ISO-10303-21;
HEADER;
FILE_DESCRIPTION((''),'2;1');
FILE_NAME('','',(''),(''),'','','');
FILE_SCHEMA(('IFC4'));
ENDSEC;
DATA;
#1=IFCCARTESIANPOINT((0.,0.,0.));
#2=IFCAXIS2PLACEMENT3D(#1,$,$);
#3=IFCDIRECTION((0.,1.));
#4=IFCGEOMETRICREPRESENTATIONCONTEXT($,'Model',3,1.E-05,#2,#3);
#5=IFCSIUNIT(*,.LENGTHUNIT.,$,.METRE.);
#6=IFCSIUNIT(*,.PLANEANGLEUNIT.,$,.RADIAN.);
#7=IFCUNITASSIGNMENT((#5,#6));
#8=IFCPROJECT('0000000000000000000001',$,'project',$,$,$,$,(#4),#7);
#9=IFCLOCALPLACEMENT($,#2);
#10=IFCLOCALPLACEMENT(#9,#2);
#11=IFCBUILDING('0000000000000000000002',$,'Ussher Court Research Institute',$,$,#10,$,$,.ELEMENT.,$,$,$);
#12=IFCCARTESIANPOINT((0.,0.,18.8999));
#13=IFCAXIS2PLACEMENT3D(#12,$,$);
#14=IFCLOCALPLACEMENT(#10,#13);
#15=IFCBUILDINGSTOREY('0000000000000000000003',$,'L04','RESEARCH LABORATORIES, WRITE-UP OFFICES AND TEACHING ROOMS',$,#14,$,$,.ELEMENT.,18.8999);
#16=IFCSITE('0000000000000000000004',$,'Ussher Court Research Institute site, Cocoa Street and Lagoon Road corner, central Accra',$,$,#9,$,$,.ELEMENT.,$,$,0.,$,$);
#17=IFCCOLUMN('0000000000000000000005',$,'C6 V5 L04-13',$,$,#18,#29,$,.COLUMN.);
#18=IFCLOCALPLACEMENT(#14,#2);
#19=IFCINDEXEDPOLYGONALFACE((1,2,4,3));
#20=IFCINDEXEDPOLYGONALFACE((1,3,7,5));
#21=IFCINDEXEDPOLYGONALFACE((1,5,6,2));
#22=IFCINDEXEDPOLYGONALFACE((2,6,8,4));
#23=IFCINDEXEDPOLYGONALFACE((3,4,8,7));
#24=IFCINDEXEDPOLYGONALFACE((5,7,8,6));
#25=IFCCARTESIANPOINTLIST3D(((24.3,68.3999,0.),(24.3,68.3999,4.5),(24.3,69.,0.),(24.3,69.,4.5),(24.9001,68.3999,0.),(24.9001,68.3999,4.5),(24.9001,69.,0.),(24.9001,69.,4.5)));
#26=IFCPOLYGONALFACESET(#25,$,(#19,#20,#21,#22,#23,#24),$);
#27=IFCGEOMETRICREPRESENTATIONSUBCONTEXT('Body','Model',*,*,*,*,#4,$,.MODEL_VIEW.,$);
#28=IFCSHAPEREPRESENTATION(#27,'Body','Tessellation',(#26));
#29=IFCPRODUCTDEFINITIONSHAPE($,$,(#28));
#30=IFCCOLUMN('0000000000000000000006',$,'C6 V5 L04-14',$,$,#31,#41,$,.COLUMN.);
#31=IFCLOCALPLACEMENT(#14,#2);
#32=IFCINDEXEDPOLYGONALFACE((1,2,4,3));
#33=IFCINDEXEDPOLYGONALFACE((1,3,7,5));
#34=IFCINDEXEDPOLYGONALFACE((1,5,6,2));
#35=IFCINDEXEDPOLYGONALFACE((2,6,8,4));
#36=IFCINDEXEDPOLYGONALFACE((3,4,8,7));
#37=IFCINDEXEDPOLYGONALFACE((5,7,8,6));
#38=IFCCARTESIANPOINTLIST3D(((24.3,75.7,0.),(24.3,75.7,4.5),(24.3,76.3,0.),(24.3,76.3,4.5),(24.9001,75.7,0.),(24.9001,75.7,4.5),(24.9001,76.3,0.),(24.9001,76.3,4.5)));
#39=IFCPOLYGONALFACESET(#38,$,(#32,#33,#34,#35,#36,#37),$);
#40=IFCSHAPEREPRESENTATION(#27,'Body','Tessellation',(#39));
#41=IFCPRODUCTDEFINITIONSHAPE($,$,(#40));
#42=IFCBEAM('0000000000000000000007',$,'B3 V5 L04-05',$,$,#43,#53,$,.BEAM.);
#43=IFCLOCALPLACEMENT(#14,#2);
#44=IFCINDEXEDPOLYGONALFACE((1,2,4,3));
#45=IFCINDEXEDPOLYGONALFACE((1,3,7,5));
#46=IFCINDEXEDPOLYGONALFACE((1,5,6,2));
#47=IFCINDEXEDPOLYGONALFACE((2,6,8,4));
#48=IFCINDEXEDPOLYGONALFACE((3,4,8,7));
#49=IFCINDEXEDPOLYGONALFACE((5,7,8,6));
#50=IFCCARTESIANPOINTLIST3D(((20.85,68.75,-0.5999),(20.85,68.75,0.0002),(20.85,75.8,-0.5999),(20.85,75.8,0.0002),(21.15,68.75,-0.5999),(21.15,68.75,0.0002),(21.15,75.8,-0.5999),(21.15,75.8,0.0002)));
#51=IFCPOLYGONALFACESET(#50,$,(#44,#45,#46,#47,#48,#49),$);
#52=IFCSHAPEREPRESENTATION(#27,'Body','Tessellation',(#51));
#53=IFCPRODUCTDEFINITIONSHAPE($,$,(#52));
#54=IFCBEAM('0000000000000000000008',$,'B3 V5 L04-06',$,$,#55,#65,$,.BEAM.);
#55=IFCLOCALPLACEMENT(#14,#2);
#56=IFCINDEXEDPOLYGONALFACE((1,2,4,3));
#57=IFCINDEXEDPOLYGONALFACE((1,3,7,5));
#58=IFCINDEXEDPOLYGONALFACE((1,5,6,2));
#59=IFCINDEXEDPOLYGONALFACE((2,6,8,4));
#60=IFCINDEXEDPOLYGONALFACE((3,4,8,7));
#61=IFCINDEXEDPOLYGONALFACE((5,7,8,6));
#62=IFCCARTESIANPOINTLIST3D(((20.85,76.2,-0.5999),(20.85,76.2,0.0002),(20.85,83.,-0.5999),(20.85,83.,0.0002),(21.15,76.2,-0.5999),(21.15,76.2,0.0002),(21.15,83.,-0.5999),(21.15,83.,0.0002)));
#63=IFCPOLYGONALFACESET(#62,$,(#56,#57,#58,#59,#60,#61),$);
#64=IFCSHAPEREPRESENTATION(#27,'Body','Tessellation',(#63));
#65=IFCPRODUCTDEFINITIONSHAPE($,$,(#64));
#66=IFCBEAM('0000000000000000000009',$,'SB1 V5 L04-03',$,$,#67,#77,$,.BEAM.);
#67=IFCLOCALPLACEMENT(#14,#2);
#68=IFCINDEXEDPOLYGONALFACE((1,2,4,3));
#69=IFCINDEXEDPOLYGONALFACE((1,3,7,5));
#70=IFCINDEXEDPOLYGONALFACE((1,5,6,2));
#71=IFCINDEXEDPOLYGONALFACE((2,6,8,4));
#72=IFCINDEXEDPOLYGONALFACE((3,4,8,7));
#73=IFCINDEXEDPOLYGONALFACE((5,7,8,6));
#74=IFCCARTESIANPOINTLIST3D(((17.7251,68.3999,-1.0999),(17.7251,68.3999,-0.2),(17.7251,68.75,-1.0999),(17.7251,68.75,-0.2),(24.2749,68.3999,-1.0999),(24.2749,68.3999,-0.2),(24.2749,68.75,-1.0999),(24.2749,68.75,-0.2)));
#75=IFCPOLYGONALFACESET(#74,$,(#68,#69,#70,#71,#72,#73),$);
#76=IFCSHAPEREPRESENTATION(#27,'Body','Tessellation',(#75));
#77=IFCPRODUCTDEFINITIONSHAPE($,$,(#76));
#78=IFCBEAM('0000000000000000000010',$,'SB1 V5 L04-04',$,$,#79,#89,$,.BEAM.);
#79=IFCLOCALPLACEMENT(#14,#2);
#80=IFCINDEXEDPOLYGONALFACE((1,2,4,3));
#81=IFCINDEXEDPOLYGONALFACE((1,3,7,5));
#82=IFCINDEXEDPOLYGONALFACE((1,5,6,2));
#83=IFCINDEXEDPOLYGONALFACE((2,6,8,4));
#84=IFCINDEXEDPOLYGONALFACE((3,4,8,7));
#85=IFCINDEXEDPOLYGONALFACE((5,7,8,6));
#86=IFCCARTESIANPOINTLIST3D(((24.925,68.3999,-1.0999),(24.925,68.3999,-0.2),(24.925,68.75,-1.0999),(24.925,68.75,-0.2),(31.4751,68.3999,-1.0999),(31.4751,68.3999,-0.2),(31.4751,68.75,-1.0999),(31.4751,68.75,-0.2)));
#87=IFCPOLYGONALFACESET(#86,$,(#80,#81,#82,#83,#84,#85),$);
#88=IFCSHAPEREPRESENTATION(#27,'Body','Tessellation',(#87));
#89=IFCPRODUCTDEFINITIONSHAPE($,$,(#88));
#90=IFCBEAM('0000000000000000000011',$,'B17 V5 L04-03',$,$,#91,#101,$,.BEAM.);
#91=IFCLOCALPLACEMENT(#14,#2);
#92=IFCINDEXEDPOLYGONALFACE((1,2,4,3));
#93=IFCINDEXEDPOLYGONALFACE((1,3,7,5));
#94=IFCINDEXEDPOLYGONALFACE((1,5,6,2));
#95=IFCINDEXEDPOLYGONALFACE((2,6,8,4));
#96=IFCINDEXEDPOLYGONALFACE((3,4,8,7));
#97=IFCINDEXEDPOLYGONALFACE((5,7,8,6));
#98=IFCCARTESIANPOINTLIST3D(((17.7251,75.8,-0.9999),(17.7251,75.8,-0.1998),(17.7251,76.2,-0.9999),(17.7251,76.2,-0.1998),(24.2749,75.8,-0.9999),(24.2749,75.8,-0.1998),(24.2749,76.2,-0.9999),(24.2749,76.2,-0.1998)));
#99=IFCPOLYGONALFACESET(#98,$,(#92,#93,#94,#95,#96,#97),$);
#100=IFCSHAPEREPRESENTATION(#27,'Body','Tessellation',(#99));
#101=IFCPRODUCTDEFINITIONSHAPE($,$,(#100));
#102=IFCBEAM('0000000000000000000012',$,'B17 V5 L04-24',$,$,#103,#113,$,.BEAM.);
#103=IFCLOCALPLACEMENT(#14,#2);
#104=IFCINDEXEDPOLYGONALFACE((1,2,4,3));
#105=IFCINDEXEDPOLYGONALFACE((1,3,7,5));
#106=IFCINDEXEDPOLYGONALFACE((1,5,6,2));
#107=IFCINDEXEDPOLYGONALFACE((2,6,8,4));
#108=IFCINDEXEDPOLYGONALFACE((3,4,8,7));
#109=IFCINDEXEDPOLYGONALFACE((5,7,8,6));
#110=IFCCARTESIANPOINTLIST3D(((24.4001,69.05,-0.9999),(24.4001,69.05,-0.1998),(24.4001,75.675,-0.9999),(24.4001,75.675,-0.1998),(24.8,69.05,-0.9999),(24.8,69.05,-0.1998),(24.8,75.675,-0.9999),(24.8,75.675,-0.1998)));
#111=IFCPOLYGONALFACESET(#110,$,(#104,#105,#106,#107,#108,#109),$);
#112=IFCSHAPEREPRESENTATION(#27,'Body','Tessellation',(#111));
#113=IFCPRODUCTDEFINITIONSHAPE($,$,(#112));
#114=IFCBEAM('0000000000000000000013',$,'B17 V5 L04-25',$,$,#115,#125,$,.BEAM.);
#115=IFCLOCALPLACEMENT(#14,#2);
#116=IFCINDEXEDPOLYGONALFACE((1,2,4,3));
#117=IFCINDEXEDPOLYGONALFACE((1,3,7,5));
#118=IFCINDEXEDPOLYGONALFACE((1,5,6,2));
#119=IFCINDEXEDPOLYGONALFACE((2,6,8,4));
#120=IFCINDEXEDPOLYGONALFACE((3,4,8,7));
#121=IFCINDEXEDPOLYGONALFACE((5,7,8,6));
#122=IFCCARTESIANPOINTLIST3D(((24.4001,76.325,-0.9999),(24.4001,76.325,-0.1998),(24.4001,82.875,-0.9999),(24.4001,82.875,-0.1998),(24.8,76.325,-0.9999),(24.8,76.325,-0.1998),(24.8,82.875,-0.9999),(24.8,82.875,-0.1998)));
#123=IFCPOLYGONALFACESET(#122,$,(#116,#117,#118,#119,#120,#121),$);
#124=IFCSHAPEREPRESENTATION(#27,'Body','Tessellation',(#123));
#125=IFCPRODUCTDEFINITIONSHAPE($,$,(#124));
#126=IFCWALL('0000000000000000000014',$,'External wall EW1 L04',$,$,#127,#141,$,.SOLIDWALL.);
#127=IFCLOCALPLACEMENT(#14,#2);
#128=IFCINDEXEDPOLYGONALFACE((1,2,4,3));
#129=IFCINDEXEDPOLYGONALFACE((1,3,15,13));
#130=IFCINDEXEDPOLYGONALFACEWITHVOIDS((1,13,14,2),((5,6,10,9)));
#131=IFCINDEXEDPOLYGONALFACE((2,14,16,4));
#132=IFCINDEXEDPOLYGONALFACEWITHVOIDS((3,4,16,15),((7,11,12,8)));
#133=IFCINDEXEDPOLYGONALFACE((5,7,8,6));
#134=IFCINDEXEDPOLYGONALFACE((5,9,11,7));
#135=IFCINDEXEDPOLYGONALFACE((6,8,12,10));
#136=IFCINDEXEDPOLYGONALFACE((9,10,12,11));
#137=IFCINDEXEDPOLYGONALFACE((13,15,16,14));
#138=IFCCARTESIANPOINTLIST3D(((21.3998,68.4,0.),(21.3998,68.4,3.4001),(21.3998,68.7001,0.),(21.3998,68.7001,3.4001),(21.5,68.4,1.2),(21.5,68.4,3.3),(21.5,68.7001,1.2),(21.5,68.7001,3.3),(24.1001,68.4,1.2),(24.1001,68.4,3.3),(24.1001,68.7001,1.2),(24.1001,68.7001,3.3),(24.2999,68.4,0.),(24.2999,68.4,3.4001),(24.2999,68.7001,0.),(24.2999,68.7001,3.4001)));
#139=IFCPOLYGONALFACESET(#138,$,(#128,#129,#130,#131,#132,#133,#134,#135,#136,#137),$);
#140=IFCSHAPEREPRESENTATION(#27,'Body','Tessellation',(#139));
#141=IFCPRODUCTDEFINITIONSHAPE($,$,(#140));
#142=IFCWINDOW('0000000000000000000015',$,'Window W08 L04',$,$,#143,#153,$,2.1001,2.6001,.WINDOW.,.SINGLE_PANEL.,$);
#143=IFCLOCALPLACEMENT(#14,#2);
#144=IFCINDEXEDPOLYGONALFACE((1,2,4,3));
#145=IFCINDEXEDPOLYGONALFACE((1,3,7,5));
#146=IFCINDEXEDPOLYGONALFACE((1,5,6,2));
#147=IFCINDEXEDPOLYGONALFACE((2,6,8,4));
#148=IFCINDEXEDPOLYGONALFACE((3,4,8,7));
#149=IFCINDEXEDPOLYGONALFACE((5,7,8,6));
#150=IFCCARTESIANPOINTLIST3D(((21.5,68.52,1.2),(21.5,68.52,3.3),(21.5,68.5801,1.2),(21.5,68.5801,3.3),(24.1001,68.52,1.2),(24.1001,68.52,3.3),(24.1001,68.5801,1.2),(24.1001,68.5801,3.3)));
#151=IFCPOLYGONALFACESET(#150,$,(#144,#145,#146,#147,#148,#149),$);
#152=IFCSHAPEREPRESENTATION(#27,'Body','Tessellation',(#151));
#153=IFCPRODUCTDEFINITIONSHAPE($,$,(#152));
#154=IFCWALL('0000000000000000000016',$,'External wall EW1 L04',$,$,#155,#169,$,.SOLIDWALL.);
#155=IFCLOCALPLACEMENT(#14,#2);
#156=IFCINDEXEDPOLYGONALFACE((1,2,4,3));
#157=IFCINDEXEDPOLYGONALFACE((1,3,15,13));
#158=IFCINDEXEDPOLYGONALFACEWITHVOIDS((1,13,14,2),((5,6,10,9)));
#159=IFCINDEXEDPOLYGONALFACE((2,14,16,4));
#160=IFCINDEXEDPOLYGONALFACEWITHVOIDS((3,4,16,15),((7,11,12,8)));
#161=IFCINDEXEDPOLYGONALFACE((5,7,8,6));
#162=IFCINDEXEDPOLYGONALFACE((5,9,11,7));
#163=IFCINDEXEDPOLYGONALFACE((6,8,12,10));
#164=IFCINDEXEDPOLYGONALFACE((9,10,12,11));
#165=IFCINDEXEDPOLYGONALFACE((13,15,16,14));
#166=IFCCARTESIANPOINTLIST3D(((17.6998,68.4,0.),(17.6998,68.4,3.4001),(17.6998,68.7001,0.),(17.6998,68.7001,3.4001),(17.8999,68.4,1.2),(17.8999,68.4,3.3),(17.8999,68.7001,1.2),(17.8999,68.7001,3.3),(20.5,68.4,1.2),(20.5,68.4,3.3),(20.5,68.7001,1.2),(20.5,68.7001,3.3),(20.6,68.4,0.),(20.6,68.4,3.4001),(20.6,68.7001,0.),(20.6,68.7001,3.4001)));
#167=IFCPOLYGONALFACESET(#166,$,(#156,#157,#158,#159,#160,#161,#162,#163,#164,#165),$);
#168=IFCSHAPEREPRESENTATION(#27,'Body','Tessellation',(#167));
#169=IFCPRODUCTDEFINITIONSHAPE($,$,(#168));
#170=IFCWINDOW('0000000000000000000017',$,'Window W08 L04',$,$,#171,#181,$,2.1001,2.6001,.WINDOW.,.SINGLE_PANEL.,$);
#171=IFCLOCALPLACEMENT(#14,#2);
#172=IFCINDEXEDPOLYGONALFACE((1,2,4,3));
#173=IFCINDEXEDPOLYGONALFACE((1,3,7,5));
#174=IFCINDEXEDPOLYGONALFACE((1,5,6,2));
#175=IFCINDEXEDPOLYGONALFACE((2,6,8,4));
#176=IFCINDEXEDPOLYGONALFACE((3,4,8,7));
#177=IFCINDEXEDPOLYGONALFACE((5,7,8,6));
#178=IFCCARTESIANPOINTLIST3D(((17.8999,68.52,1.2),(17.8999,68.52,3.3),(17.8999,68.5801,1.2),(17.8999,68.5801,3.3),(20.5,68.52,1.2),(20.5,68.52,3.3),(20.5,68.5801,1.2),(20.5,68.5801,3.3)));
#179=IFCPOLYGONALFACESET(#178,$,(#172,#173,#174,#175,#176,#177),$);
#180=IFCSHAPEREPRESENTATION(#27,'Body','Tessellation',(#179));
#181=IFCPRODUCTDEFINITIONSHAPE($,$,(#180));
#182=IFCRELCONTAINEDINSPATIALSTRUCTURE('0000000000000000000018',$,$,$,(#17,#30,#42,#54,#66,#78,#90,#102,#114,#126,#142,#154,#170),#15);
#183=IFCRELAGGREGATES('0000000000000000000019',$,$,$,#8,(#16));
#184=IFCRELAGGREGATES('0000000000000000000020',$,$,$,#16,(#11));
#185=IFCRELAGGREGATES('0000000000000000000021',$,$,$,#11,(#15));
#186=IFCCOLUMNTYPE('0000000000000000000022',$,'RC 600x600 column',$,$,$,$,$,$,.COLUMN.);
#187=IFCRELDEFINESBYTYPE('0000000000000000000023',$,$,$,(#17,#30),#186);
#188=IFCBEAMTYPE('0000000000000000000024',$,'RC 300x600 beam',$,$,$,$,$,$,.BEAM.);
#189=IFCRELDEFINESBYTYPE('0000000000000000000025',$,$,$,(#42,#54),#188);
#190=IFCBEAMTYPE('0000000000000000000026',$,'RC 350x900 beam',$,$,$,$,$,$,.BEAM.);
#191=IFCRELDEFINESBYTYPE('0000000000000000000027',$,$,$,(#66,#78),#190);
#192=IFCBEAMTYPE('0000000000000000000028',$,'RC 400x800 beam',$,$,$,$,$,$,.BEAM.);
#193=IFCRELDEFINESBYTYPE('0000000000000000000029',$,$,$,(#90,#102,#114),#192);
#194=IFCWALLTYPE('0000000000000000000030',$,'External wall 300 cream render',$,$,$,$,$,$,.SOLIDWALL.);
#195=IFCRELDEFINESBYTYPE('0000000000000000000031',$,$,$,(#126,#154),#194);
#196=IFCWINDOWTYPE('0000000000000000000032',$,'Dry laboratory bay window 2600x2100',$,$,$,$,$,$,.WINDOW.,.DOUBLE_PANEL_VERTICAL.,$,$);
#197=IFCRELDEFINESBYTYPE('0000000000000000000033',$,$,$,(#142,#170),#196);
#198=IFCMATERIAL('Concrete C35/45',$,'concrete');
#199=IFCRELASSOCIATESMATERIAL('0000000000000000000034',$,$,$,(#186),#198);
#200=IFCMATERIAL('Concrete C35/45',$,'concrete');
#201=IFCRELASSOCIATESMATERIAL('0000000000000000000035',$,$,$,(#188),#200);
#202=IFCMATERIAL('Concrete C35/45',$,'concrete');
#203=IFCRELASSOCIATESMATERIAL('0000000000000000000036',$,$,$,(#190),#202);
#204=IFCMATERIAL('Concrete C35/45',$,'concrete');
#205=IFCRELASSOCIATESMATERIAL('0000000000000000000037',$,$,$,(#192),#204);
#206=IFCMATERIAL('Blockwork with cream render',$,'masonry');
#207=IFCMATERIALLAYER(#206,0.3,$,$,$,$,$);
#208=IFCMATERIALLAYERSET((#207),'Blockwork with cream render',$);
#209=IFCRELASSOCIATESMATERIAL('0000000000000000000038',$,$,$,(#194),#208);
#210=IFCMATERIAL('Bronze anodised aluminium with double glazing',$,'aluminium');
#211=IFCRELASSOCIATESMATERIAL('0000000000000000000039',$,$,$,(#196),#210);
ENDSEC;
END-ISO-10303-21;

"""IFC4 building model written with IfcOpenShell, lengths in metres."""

from ifc_helpers import new_model, si_unit, direction, frame, frame_2d, origin, origin_2d, place, context, subcontext, project, spatial, rectangle, extrude, material, layer, layer_set, material_profile, profile_set, type_object, element, fill, save


model = new_model("IFC4")

# Units and contexts
model_context = context("Model", 3, precision=1e-05, world=origin(), true_north=direction((0.0, 1.0)))
body_context = subcontext(model_context, "Body", "Model", "MODEL_VIEW")
ifc_project = project(units=[si_unit("LENGTHUNIT", "METRE"), si_unit("PLANEANGLEUNIT", "RADIAN")], contexts=[model_context])

# Site, building, storey
site_placement = place(None, origin())
site = spatial("IfcSite", under=ifc_project, at=site_placement, Name="Ussher Court Research Institute site, Cocoa Street and Lagoon Road corner, central Accra", CompositionType="ELEMENT", RefElevation=0.0)
building_placement = place(site_placement, origin())
building = spatial("IfcBuilding", under=site, at=building_placement, Name="Ussher Court Research Institute", CompositionType="ELEMENT")
storey_placement = place(building_placement, frame((0.0, 0.0, 18.8999)))
storey = spatial("IfcBuildingStorey", under=building, at=storey_placement, Name="L04", Description="RESEARCH LABORATORIES, WRITE-UP OFFICES AND TEACHING ROOMS", CompositionType="ELEMENT", Elevation=18.8999)

# Columns
ifc_material_1 = material(Name="Concrete C35/45", Category="concrete")
ifc_material_profile_1 = material_profile(ifc_material_1, rectangle(XDim=0.6001, YDim=0.6001, at=origin_2d()), Name="RC 600x600")
ifc_profile_set_1 = profile_set([ifc_material_profile_1], Name="Concrete C35/45")
column_type = type_object("IfcColumnType", Name="RC 600x600 column", PredefinedType="COLUMN", material=ifc_profile_set_1)
for number, where, z_axis, x_axis, name in (
    (1, (24.6001, 68.7, 0.0), (0.0, 0.0, 1.0), (1.0, 0.0, 0.0), "C6 V5 L04-13"),
    (2, (24.6001, 76.0, 0.0), (0.0, 0.0, 1.0), (1.0, 0.0, 0.0), "C6 V5 L04-14"),
):
    element("IfcColumn", number, at=place(storey_placement, frame(where, z_axis=z_axis, x_axis=x_axis)), inside=storey, type_object=column_type, Name=name, PredefinedType="COLUMN", context=body_context, shape_type="SweptSolid", body=[
        extrude(rectangle(XDim=0.6001, YDim=0.6001, at=origin_2d()), origin(), (0.0, 0.0, 1.0), 4.5),
    ])

# Beams
ifc_material_2 = material(Name="Concrete C35/45", Category="concrete")
ifc_material_profile_2 = material_profile(ifc_material_2, rectangle(XDim=0.3, YDim=0.6001, at=origin_2d()), Name="RC 300x600")
ifc_profile_set_2 = profile_set([ifc_material_profile_2], Name="Concrete C35/45")
beam_type_1 = type_object("IfcBeamType", Name="RC 300x600 beam", PredefinedType="BEAM", material=ifc_profile_set_2)
beam_1_placement = place(storey_placement, frame((21.0, 68.75, -0.2998), z_axis=(0.0, 1.0, 0.0), x_axis=(-1.0, 0.0, 0.0)))
element("IfcBeam", 3, at=beam_1_placement, inside=storey, type_object=beam_type_1, Name="B3 V5 L04-05", PredefinedType="BEAM", context=body_context, shape_type="SweptSolid", body=[
    extrude(rectangle(XDim=0.3, YDim=0.6001, at=origin_2d()), origin(), (0.0, 0.0, 1.0), 7.05),
])
beam_2_placement = place(storey_placement, frame((21.0, 76.2, -0.2998), z_axis=(0.0, 1.0, 0.0), x_axis=(-1.0, 0.0, 0.0)))
element("IfcBeam", 4, at=beam_2_placement, inside=storey, type_object=beam_type_1, Name="B3 V5 L04-06", PredefinedType="BEAM", context=body_context, shape_type="SweptSolid", body=[
    extrude(rectangle(XDim=0.3, YDim=0.6001, at=origin_2d()), origin(), (0.0, 0.0, 1.0), 6.8),
])
ifc_material_3 = material(Name="Concrete C35/45", Category="concrete")
ifc_material_profile_3 = material_profile(ifc_material_3, rectangle(XDim=0.3501, YDim=0.8999, at=origin_2d()), Name="RC 350x900")
ifc_profile_set_3 = profile_set([ifc_material_profile_3], Name="Concrete C35/45")
beam_type_2 = type_object("IfcBeamType", Name="RC 350x900 beam", PredefinedType="BEAM", material=ifc_profile_set_3)
beam_3_placement = place(storey_placement, frame((17.7251, 68.575, -0.6499), z_axis=(1.0, 0.0, 0.0), x_axis=(0.0, 1.0, 0.0)))
element("IfcBeam", 5, at=beam_3_placement, inside=storey, type_object=beam_type_2, Name="SB1 V5 L04-03", PredefinedType="BEAM", context=body_context, shape_type="SweptSolid", body=[
    extrude(rectangle(XDim=0.3501, YDim=0.8999, at=origin_2d()), origin(), (0.0, 0.0, 1.0), 6.5498),
])
beam_4_placement = place(storey_placement, frame((24.925, 68.575, -0.6499), z_axis=(1.0, 0.0, 0.0), x_axis=(0.0, 1.0, 0.0)))
element("IfcBeam", 6, at=beam_4_placement, inside=storey, type_object=beam_type_2, Name="SB1 V5 L04-04", PredefinedType="BEAM", context=body_context, shape_type="SweptSolid", body=[
    extrude(rectangle(XDim=0.3501, YDim=0.8999, at=origin_2d()), origin(), (0.0, 0.0, 1.0), 6.55),
])
ifc_material_4 = material(Name="Concrete C35/45", Category="concrete")
ifc_material_profile_4 = material_profile(ifc_material_4, rectangle(XDim=0.3999, YDim=0.8, at=origin_2d()), Name="RC 400x800")
ifc_profile_set_4 = profile_set([ifc_material_profile_4], Name="Concrete C35/45")
beam_type_3 = type_object("IfcBeamType", Name="RC 400x800 beam", PredefinedType="BEAM", material=ifc_profile_set_4)
beam_5_placement = place(storey_placement, frame((17.7251, 76.0, -0.5999), z_axis=(1.0, 0.0, 0.0), x_axis=(0.0, 1.0, 0.0)))
element("IfcBeam", 7, at=beam_5_placement, inside=storey, type_object=beam_type_3, Name="B17 V5 L04-03", PredefinedType="BEAM", context=body_context, shape_type="SweptSolid", body=[
    extrude(rectangle(XDim=0.3999, YDim=0.8, at=origin_2d()), origin(), (0.0, 0.0, 1.0), 6.5498),
])
beam_6_placement = place(storey_placement, frame((24.6001, 69.05, -0.5999), z_axis=(0.0, 1.0, 0.0), x_axis=(-1.0, 0.0, 0.0)))
element("IfcBeam", 8, at=beam_6_placement, inside=storey, type_object=beam_type_3, Name="B17 V5 L04-24", PredefinedType="BEAM", context=body_context, shape_type="SweptSolid", body=[
    extrude(rectangle(XDim=0.3999, YDim=0.8, at=origin_2d()), origin(), (0.0, 0.0, 1.0), 6.625),
])
beam_7_placement = place(storey_placement, frame((24.6001, 76.325, -0.5999), z_axis=(0.0, 1.0, 0.0), x_axis=(-1.0, 0.0, 0.0)))
element("IfcBeam", 9, at=beam_7_placement, inside=storey, type_object=beam_type_3, Name="B17 V5 L04-25", PredefinedType="BEAM", context=body_context, shape_type="SweptSolid", body=[
    extrude(rectangle(XDim=0.3999, YDim=0.8, at=origin_2d()), origin(), (0.0, 0.0, 1.0), 6.55),
])

# Walls, openings, windows
ifc_material_5 = material(Name="Blockwork with cream render", Category="masonry")
ifc_layer_1 = layer(ifc_material_5, 0.3)
ifc_layer_set_1 = layer_set([ifc_layer_1], Name="Blockwork with cream render")
wall_type_1 = type_object("IfcWallType", Name="External wall 300 cream render", PredefinedType="SOLIDWALL", material=ifc_layer_set_1)
wall_1_placement = place(storey_placement, frame((24.3, 68.55, 0.0), z_axis=(0.0, 0.0, 1.0), x_axis=(-1.0, 0.0, 0.0)))
wall_1 = element("IfcWall", 10, at=wall_1_placement, inside=storey, type_object=wall_type_1, Name="External wall EW1 L04", PredefinedType="SOLIDWALL", context=body_context, shape_type="SweptSolid", body=[
    extrude(rectangle(XDim=2.9001, YDim=0.3, at=frame_2d((1.4502, 0.0))), origin(), (0.0, 0.0, 1.0), 3.4001),
])
opening_1_placement = place(wall_1_placement, frame((0.2, 0.0, 1.2)))
opening_1 = element("IfcOpeningElement", 11, at=opening_1_placement, cuts=wall_1, PredefinedType="OPENING", context=body_context, shape_type="SweptSolid", body=[
    extrude(rectangle(XDim=2.6001, YDim=2.1001, at=frame_2d((1.3, 1.05))), frame((0.0, 0.1602, 0.0), z_axis=(0.0, -1.0, 0.0), x_axis=(1.0, 0.0, 0.0)), (0.0, 0.0, 1.0), 0.3201),
])
ifc_material_6 = material(Name="Bronze anodised aluminium with double glazing", Category="aluminium")
window_type = type_object("IfcWindowType", Name="Dry laboratory bay window 2600x2100", PartitioningType="DOUBLE_PANEL_VERTICAL", PredefinedType="WINDOW", material=ifc_material_6)
window_1_placement = place(opening_1_placement, origin())
window_1 = element("IfcWindow", 12, at=window_1_placement, inside=storey, type_object=window_type, Name="Window W08 L04", OverallHeight=2.1001, OverallWidth=2.6001, PartitioningType="SINGLE_PANEL", PredefinedType="WINDOW", context=body_context, shape_type="SweptSolid", body=[
    extrude(rectangle(XDim=2.6001, YDim=2.1001, at=frame_2d((1.3, 1.05))), frame((0.0, 0.03, 0.0), z_axis=(0.0, -1.0, 0.0), x_axis=(1.0, 0.0, 0.0)), (0.0, 0.0, 1.0), 0.0601),
])
fill(opening_1, window_1)
wall_2_placement = place(storey_placement, frame((20.6001, 68.55, 0.0), z_axis=(0.0, 0.0, 1.0), x_axis=(-1.0, 0.0, 0.0)))
wall_2 = element("IfcWall", 13, at=wall_2_placement, inside=storey, type_object=wall_type_1, Name="External wall EW1 L04", PredefinedType="SOLIDWALL", context=body_context, shape_type="SweptSolid", body=[
    extrude(rectangle(XDim=2.9001, YDim=0.3, at=frame_2d((1.4502, 0.0))), origin(), (0.0, 0.0, 1.0), 3.4001),
])
opening_2_placement = place(wall_2_placement, frame((0.1001, 0.0, 1.2)))
opening_2 = element("IfcOpeningElement", 14, at=opening_2_placement, cuts=wall_2, PredefinedType="OPENING", context=body_context, shape_type="SweptSolid", body=[
    extrude(rectangle(XDim=2.6001, YDim=2.1001, at=frame_2d((1.3, 1.05))), frame((0.0, 0.1602, 0.0), z_axis=(0.0, -1.0, 0.0), x_axis=(1.0, 0.0, 0.0)), (0.0, 0.0, 1.0), 0.3201),
])
window_2_placement = place(opening_2_placement, origin())
window_2 = element("IfcWindow", 15, at=window_2_placement, inside=storey, type_object=window_type, Name="Window W08 L04", OverallHeight=2.1001, OverallWidth=2.6001, PartitioningType="SINGLE_PANEL", PredefinedType="WINDOW", context=body_context, shape_type="SweptSolid", body=[
    extrude(rectangle(XDim=2.6001, YDim=2.1001, at=frame_2d((1.3, 1.05))), frame((0.0, 0.03, 0.0), z_axis=(0.0, -1.0, 0.0), x_axis=(1.0, 0.0, 0.0)), (0.0, 0.0, 1.0), 0.0601),
])
fill(opening_2, window_2)

save(model, "model.ifc")
